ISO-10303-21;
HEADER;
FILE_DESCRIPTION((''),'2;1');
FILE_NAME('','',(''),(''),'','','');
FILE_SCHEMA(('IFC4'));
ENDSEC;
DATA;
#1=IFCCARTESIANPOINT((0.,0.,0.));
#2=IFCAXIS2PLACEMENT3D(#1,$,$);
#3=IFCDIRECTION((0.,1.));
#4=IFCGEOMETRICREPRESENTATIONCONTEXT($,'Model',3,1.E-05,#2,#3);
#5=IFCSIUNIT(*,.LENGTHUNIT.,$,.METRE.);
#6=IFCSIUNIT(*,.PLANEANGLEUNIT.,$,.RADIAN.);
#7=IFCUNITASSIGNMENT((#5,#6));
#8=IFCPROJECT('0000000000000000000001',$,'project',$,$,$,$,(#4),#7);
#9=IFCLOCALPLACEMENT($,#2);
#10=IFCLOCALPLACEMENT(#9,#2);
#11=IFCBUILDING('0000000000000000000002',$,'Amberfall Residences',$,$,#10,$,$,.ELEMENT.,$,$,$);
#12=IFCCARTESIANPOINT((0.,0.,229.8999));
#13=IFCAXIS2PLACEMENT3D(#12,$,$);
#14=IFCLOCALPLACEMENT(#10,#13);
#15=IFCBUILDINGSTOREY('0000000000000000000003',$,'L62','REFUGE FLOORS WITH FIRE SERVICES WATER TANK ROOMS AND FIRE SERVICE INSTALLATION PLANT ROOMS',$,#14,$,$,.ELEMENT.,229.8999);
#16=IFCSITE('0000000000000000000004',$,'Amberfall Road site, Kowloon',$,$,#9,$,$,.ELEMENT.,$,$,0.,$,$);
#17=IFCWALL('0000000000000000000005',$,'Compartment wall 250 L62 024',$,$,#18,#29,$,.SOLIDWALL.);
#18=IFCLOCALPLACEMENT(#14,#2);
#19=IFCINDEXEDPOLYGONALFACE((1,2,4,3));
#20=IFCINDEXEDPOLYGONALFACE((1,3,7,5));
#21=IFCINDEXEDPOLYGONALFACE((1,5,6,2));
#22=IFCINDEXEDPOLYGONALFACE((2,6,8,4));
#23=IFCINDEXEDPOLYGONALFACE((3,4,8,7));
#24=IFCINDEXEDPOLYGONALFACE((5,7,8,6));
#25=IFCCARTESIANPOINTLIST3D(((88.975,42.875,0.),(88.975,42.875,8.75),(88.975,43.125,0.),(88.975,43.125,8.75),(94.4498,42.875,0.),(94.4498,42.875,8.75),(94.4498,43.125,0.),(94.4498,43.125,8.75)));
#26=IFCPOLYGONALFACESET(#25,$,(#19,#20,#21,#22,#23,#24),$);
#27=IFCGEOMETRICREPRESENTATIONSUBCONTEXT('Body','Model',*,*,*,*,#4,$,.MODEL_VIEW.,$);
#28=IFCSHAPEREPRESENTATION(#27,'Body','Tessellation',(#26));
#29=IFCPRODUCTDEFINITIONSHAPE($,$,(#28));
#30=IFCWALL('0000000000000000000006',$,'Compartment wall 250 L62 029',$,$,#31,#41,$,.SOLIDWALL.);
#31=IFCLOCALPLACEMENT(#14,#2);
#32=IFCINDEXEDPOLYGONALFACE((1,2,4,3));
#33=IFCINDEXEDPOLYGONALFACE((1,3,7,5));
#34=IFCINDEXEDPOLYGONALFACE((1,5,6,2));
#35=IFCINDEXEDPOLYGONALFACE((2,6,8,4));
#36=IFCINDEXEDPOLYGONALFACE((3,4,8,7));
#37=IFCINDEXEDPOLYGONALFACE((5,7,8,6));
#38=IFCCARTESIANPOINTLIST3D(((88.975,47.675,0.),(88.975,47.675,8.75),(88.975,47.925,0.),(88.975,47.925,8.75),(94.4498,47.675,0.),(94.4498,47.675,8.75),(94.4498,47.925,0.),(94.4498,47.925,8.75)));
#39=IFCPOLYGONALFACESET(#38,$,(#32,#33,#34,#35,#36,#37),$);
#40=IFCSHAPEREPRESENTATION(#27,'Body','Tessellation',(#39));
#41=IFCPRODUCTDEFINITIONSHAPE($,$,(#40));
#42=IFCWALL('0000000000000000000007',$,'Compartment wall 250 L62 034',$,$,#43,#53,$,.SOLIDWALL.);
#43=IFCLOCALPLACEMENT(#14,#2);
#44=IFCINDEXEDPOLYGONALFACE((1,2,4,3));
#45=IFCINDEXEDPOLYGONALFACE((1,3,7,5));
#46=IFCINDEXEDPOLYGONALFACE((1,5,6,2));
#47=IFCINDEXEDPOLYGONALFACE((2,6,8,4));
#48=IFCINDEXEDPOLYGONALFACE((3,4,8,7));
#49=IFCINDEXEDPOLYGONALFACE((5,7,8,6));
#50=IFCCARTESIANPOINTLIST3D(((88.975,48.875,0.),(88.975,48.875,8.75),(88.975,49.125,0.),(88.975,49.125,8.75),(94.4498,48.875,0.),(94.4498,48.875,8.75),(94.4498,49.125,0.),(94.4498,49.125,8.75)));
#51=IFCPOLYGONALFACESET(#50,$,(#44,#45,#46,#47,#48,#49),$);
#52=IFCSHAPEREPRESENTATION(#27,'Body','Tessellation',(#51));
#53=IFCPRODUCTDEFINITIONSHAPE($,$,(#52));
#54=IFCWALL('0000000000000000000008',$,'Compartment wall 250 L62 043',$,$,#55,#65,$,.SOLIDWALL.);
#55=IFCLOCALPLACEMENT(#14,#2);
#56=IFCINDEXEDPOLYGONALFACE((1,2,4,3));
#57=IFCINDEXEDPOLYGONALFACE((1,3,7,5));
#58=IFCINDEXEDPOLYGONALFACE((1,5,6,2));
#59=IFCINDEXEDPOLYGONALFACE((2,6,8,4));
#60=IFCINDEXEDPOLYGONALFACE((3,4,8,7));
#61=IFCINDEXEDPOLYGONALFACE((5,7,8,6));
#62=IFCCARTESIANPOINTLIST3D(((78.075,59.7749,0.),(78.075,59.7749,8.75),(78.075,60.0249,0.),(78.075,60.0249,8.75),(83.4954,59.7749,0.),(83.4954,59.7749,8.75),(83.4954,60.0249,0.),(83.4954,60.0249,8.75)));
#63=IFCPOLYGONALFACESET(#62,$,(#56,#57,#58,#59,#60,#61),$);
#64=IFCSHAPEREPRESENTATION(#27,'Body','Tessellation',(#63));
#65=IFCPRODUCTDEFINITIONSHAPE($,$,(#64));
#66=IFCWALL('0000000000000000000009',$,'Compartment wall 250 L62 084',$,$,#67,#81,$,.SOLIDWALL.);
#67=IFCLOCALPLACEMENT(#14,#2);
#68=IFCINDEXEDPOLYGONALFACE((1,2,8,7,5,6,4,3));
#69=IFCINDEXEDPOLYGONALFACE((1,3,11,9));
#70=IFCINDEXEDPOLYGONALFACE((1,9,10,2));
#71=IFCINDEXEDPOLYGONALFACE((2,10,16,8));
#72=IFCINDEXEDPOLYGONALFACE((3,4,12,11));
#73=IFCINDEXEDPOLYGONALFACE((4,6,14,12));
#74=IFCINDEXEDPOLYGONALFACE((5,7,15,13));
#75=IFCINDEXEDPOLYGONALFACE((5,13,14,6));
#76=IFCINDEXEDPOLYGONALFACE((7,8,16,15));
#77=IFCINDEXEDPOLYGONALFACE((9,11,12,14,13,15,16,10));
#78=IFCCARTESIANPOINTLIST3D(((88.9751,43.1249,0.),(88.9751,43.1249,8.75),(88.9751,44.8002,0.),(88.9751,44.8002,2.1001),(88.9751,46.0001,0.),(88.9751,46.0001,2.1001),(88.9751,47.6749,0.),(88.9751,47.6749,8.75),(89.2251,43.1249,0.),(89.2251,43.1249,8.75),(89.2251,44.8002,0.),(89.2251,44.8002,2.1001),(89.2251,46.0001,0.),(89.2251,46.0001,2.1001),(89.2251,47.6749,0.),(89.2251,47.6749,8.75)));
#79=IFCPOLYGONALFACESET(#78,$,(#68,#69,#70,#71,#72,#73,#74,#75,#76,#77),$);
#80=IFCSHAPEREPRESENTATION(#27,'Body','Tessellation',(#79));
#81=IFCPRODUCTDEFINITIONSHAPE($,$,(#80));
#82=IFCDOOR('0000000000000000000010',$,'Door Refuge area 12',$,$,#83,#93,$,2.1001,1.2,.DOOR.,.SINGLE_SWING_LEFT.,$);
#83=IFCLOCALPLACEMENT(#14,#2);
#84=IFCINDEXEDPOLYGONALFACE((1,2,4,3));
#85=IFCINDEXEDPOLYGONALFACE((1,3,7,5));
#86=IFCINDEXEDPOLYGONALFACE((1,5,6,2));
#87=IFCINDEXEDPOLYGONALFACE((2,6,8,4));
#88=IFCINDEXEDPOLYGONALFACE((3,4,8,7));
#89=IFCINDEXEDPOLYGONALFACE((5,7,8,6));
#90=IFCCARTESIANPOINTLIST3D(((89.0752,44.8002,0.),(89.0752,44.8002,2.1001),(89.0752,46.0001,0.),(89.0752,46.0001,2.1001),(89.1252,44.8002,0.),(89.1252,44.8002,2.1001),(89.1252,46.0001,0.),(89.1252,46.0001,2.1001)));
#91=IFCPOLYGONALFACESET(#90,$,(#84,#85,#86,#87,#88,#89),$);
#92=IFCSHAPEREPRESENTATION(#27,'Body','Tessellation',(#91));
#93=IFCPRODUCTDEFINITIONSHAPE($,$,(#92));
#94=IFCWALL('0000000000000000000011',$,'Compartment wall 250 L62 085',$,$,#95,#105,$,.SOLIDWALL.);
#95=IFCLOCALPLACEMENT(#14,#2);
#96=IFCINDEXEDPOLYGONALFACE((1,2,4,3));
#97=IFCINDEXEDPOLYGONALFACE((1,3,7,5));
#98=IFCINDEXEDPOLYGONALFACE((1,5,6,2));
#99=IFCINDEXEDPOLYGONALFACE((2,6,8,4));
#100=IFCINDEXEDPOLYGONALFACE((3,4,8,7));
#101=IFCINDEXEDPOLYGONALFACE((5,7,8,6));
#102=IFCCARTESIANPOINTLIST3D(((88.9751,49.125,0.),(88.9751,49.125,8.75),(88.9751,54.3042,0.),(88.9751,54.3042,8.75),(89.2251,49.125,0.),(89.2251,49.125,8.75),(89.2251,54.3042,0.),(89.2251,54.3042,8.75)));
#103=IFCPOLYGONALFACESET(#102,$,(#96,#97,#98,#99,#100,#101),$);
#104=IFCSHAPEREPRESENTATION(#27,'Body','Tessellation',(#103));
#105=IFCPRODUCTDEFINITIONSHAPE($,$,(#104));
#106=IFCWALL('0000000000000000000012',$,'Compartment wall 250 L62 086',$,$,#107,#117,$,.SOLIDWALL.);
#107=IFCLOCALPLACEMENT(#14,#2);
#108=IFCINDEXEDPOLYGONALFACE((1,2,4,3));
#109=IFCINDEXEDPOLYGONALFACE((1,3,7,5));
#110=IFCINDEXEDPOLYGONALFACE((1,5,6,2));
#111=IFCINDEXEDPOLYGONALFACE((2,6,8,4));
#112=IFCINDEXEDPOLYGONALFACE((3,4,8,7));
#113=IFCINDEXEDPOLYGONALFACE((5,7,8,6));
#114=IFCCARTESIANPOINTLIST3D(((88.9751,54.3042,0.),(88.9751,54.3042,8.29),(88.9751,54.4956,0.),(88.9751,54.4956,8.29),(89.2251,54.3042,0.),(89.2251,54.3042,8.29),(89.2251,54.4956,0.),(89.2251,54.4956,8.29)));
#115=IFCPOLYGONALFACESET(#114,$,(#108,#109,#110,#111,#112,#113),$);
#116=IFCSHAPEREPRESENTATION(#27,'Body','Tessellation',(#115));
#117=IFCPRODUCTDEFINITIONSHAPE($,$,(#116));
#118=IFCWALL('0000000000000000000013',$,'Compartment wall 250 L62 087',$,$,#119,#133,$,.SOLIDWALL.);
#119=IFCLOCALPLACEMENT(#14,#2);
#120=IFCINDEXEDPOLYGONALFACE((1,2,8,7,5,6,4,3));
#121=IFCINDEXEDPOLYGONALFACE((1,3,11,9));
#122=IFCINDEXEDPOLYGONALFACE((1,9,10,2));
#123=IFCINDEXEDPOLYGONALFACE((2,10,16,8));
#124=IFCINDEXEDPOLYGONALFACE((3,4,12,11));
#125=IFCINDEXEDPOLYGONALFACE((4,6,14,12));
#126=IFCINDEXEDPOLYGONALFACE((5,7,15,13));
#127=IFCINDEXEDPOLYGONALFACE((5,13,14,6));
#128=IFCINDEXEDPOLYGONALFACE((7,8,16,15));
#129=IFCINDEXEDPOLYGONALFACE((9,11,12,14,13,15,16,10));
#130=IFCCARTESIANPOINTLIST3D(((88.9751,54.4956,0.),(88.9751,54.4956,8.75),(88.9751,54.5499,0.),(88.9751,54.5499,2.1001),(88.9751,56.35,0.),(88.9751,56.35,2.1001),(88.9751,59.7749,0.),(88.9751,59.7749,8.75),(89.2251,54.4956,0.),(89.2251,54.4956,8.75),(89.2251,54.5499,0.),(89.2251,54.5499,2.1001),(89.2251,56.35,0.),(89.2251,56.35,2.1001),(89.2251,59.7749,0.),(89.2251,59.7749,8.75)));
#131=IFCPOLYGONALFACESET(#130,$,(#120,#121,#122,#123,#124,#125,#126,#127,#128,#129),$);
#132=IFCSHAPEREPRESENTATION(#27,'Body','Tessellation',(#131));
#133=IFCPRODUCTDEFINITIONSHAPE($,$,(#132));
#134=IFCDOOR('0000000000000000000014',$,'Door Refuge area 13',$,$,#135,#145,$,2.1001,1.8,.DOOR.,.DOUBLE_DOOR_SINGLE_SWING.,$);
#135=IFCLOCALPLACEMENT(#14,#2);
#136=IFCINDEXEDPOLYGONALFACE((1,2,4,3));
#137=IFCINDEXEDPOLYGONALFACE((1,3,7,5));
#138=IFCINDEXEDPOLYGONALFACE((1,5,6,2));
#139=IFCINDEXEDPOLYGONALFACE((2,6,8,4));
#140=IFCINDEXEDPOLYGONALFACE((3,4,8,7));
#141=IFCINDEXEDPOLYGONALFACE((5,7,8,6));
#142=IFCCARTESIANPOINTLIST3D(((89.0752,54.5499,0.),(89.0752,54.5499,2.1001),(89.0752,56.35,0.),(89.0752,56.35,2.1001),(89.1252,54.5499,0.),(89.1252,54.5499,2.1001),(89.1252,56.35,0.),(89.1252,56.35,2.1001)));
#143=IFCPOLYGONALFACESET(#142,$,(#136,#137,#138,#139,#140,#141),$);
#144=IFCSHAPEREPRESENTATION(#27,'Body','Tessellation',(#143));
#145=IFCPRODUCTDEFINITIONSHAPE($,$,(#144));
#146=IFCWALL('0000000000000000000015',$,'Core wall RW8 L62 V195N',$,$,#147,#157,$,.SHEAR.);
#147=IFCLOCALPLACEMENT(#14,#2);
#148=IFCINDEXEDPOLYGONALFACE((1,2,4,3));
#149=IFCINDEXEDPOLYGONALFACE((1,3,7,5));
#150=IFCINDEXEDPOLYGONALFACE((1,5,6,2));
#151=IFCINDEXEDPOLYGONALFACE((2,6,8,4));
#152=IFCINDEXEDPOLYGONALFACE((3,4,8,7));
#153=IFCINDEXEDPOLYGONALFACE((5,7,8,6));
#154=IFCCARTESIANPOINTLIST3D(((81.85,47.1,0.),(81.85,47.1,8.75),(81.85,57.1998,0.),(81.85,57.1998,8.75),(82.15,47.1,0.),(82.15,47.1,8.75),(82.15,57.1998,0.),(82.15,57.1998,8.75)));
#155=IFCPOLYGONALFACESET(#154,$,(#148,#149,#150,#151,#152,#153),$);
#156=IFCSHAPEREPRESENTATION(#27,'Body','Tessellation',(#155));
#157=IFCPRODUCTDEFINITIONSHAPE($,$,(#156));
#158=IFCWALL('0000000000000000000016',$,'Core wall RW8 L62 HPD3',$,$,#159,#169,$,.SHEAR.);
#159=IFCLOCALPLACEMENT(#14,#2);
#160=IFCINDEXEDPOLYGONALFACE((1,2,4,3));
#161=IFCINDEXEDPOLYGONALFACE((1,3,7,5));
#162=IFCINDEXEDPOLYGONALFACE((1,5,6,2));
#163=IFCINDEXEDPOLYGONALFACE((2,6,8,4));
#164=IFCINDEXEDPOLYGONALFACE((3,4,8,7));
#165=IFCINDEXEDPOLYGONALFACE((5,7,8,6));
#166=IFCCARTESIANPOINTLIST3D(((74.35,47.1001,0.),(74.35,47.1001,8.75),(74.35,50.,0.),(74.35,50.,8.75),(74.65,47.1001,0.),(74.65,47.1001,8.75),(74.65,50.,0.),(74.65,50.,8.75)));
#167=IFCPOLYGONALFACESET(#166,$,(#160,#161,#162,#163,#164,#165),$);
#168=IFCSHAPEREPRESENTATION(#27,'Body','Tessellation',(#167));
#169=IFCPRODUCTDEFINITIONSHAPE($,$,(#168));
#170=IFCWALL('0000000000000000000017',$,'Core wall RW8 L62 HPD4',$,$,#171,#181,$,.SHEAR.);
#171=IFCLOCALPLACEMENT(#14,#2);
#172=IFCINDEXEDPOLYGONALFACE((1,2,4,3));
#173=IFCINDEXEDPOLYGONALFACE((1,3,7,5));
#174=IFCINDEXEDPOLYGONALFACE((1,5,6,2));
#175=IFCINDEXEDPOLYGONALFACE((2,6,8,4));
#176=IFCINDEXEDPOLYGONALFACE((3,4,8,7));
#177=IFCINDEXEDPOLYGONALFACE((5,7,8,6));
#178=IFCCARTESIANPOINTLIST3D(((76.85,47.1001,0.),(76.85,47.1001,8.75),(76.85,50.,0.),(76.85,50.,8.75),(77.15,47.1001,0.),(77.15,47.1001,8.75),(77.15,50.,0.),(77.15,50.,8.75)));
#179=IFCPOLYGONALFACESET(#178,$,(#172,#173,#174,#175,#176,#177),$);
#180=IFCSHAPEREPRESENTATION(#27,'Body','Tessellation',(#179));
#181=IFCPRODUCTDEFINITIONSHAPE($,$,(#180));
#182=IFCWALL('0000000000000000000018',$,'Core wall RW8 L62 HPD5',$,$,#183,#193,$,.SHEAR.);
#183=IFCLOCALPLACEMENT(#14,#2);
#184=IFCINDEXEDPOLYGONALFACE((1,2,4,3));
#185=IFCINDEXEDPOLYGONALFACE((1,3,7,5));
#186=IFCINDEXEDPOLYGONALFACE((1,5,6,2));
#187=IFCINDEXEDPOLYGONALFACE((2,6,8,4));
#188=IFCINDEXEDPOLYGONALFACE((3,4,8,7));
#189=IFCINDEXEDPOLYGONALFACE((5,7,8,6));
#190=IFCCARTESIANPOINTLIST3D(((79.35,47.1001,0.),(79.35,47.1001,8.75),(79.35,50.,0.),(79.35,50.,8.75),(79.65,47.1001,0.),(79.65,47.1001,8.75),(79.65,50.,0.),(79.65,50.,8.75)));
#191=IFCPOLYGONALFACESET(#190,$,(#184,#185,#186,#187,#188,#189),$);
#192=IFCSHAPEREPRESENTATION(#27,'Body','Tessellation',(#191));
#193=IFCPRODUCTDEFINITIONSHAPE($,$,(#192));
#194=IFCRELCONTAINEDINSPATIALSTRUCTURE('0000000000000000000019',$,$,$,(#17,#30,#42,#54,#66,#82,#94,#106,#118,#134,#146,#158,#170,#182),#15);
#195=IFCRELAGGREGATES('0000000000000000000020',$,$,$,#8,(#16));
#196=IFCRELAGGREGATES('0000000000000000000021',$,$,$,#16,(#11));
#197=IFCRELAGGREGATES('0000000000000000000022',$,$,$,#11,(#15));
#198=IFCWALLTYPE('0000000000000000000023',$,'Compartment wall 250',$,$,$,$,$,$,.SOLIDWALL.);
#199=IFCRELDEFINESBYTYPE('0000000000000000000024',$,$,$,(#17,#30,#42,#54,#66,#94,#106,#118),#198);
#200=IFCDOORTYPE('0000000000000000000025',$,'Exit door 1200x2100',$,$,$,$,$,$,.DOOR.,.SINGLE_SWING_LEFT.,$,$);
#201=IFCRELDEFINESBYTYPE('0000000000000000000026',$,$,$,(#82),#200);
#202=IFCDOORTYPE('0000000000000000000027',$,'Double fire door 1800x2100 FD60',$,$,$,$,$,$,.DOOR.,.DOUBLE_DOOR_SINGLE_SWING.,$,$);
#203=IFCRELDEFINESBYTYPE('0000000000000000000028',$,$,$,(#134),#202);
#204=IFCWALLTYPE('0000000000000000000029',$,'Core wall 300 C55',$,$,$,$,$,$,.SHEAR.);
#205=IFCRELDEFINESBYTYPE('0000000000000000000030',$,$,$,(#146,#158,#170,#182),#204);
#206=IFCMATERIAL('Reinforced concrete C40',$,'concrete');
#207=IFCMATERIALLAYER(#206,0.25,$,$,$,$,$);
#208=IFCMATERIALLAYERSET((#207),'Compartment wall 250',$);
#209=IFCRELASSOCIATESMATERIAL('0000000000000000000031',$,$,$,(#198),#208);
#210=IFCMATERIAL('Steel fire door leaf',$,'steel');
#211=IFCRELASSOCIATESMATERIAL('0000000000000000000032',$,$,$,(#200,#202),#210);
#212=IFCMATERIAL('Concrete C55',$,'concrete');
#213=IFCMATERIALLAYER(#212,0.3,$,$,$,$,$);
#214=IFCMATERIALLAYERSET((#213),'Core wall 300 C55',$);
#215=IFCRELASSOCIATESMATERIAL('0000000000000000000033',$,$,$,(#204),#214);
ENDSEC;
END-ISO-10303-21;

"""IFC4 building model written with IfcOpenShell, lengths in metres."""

from ifc_helpers import new_model, si_unit, direction, frame, frame_2d, origin, place, context, subcontext, project, spatial, rectangle, extrude, material, layer, layer_set, type_object, element, fill, save


model = new_model("IFC4")

# Units and contexts
model_context = context("Model", 3, precision=1e-05, world=origin(), true_north=direction((0.0, 1.0)))
body_context = subcontext(model_context, "Body", "Model", "MODEL_VIEW")
ifc_project = project(units=[si_unit("LENGTHUNIT", "METRE"), si_unit("PLANEANGLEUNIT", "RADIAN")], contexts=[model_context])

# Site, building, storey
site_placement = place(None, origin())
site = spatial("IfcSite", under=ifc_project, at=site_placement, Name="Amberfall Road site, Kowloon", CompositionType="ELEMENT", RefElevation=0.0)
building_placement = place(site_placement, origin())
building = spatial("IfcBuilding", under=site, at=building_placement, Name="Amberfall Residences", CompositionType="ELEMENT")
storey_placement = place(building_placement, frame((0.0, 0.0, 229.8999)))
storey = spatial("IfcBuildingStorey", under=building, at=storey_placement, Name="L62", Description="REFUGE FLOORS WITH FIRE SERVICES WATER TANK ROOMS AND FIRE SERVICE INSTALLATION PLANT ROOMS", CompositionType="ELEMENT", Elevation=229.8999)

# Walls
ifc_material_1 = material(Name="Reinforced concrete C40", Category="concrete")
ifc_layer_1 = layer(ifc_material_1, 0.25)
ifc_layer_set_1 = layer_set([ifc_layer_1], Name="Compartment wall 250")
wall_type_1 = type_object("IfcWallType", Name="Compartment wall 250", PredefinedType="SOLIDWALL", material=ifc_layer_set_1)
for number, where, z_axis, x_axis, name in (
    (1, (88.9751, 43.0, 0.0), (0.0, 0.0, 1.0), (1.0, 0.0, 0.0), "Compartment wall 250 L62 024"),
    (2, (88.9751, 47.8, 0.0), (0.0, 0.0, 1.0), (1.0, 0.0, 0.0), "Compartment wall 250 L62 029"),
    (3, (88.9751, 49.0, 0.0), (0.0, 0.0, 1.0), (1.0, 0.0, 0.0), "Compartment wall 250 L62 034"),
):
    element("IfcWall", number, at=place(storey_placement, frame(where, z_axis=z_axis, x_axis=x_axis)), inside=storey, type_object=wall_type_1, Name=name, PredefinedType="SOLIDWALL", context=body_context, shape_type="SweptSolid", body=[
        extrude(rectangle(XDim=5.4749, YDim=0.25, at=frame_2d((2.7373, 0.0))), origin(), (0.0, 0.0, 1.0), 8.75),
    ])
wall_1_placement = place(storey_placement, frame((78.075, 59.8999, 0.0), z_axis=(0.0, 0.0, 1.0), x_axis=(1.0, 0.0, 0.0)))
element("IfcWall", 4, at=wall_1_placement, inside=storey, type_object=wall_type_1, Name="Compartment wall 250 L62 043", PredefinedType="SOLIDWALL", context=body_context, shape_type="SweptSolid", body=[
    extrude(rectangle(XDim=5.4204, YDim=0.25, at=frame_2d((2.7102, 0.0))), origin(), (0.0, 0.0, 1.0), 8.75),
])

# Wall, opening, door
wall_2_placement = place(storey_placement, frame((89.1001, 43.125, 0.0), z_axis=(0.0, 0.0, 1.0), x_axis=(0.0, 1.0, 0.0)))
wall_2 = element("IfcWall", 5, at=wall_2_placement, inside=storey, type_object=wall_type_1, Name="Compartment wall 250 L62 084", PredefinedType="SOLIDWALL", context=body_context, shape_type="SweptSolid", body=[
    extrude(rectangle(XDim=4.55, YDim=0.25, at=frame_2d((2.2749, 0.0))), origin(), (0.0, 0.0, 1.0), 8.75),
])
opening_1_placement = place(wall_2_placement, frame((1.675, 0.0, 0.0)))
opening_1 = element("IfcOpeningElement", 6, at=opening_1_placement, cuts=wall_2, PredefinedType="OPENING", context=body_context, shape_type="SweptSolid", body=[
    extrude(rectangle(XDim=1.2, YDim=2.1001, at=frame_2d((0.6001, 1.05))), frame((0.0, 0.135, 0.0), z_axis=(0.0, -1.0, 0.0), x_axis=(1.0, 0.0, 0.0)), (0.0, 0.0, 1.0), 0.27),
])
ifc_material_2 = material(Name="Steel fire door leaf", Category="steel")
door_type_1 = type_object("IfcDoorType", Name="Exit door 1200x2100", OperationType="SINGLE_SWING_LEFT", PredefinedType="DOOR", material=ifc_material_2)
door_1_placement = place(opening_1_placement, origin())
door_1 = element("IfcDoor", 7, at=door_1_placement, inside=storey, type_object=door_type_1, Name="Door Refuge area 12", OperationType="SINGLE_SWING_LEFT", OverallHeight=2.1001, OverallWidth=1.2, PredefinedType="DOOR", context=body_context, shape_type="SweptSolid", body=[
    extrude(rectangle(XDim=1.2, YDim=2.1001, at=frame_2d((0.6001, 1.05))), frame((0.0, 0.0249, 0.0), z_axis=(0.0, -1.0, 0.0), x_axis=(1.0, 0.0, 0.0)), (0.0, 0.0, 1.0), 0.05),
])
fill(opening_1, door_1)

# Walls
wall_3_placement = place(storey_placement, frame((89.1001, 49.125, 0.0), z_axis=(0.0, 0.0, 1.0), x_axis=(0.0, 1.0, 0.0)))
element("IfcWall", 8, at=wall_3_placement, inside=storey, type_object=wall_type_1, Name="Compartment wall 250 L62 085", PredefinedType="SOLIDWALL", context=body_context, shape_type="SweptSolid", body=[
    extrude(rectangle(XDim=5.1792, YDim=0.25, at=frame_2d((2.5896, 0.0))), origin(), (0.0, 0.0, 1.0), 8.75),
])
wall_4_placement = place(storey_placement, frame((89.1001, 54.3042, 0.0), z_axis=(0.0, 0.0, 1.0), x_axis=(0.0, 1.0, 0.0)))
element("IfcWall", 9, at=wall_4_placement, inside=storey, type_object=wall_type_1, Name="Compartment wall 250 L62 086", PredefinedType="SOLIDWALL", context=body_context, shape_type="SweptSolid", body=[
    extrude(rectangle(XDim=0.1914, YDim=0.25, at=frame_2d((0.0957, 0.0))), origin(), (0.0, 0.0, 1.0), 8.29),
])

# Wall, opening, door
wall_5_placement = place(storey_placement, frame((89.1001, 54.4956, 0.0), z_axis=(0.0, 0.0, 1.0), x_axis=(0.0, 1.0, 0.0)))
wall_5 = element("IfcWall", 10, at=wall_5_placement, inside=storey, type_object=wall_type_1, Name="Compartment wall 250 L62 087", PredefinedType="SOLIDWALL", context=body_context, shape_type="SweptSolid", body=[
    extrude(rectangle(XDim=5.2793, YDim=0.25, at=frame_2d((2.6396, 0.0))), origin(), (0.0, 0.0, 1.0), 8.75),
])
opening_2_placement = place(wall_5_placement, frame((0.0544, 0.0, 0.0)))
opening_2 = element("IfcOpeningElement", 11, at=opening_2_placement, cuts=wall_5, PredefinedType="OPENING", context=body_context, shape_type="SweptSolid", body=[
    extrude(rectangle(XDim=1.8, YDim=2.1001, at=frame_2d((0.8999, 1.05))), frame((0.0, 0.135, 0.0), z_axis=(0.0, -1.0, 0.0), x_axis=(1.0, 0.0, 0.0)), (0.0, 0.0, 1.0), 0.27),
])
door_type_2 = type_object("IfcDoorType", Name="Double fire door 1800x2100 FD60", OperationType="DOUBLE_DOOR_SINGLE_SWING", PredefinedType="DOOR", material=ifc_material_2)
door_2_placement = place(opening_2_placement, origin())
door_2 = element("IfcDoor", 12, at=door_2_placement, inside=storey, type_object=door_type_2, Name="Door Refuge area 13", OperationType="DOUBLE_DOOR_SINGLE_SWING", OverallHeight=2.1001, OverallWidth=1.8, PredefinedType="DOOR", context=body_context, shape_type="SweptSolid", body=[
    extrude(rectangle(XDim=1.8, YDim=2.1001, at=frame_2d((0.8999, 1.05))), frame((0.0, 0.0249, 0.0), z_axis=(0.0, -1.0, 0.0), x_axis=(1.0, 0.0, 0.0)), (0.0, 0.0, 1.0), 0.05),
])
fill(opening_2, door_2)

# Walls
ifc_material_3 = material(Name="Concrete C55", Category="concrete")
ifc_layer_2 = layer(ifc_material_3, 0.3)
ifc_layer_set_2 = layer_set([ifc_layer_2], Name="Core wall 300 C55")
wall_type_2 = type_object("IfcWallType", Name="Core wall 300 C55", PredefinedType="SHEAR", material=ifc_layer_set_2)
wall_6_placement = place(storey_placement, frame((82.0, 47.1001, 0.0), z_axis=(0.0, 0.0, 1.0), x_axis=(0.0, 1.0, 0.0)))
element("IfcWall", 13, at=wall_6_placement, inside=storey, type_object=wall_type_2, Name="Core wall RW8 L62 V195N", PredefinedType="SHEAR", context=body_context, shape_type="SweptSolid", body=[
    extrude(rectangle(XDim=10.0999, YDim=0.3, at=frame_2d((5.0498, 0.0))), origin(), (0.0, 0.0, 1.0), 8.75),
])
for number, where, z_axis, x_axis, name in (
    (14, (74.5, 47.1001, 0.0), (0.0, 0.0, 1.0), (0.0, 1.0, 0.0), "Core wall RW8 L62 HPD3"),
    (15, (77.0, 47.1001, 0.0), (0.0, 0.0, 1.0), (0.0, 1.0, 0.0), "Core wall RW8 L62 HPD4"),
    (16, (79.5, 47.1001, 0.0), (0.0, 0.0, 1.0), (0.0, 1.0, 0.0), "Core wall RW8 L62 HPD5"),
):
    element("IfcWall", number, at=place(storey_placement, frame(where, z_axis=z_axis, x_axis=x_axis)), inside=storey, type_object=wall_type_2, Name=name, PredefinedType="SHEAR", context=body_context, shape_type="SweptSolid", body=[
        extrude(rectangle(XDim=2.8999, YDim=0.3, at=frame_2d((1.45, 0.0))), origin(), (0.0, 0.0, 1.0), 8.75),
    ])

save(model, "model.ifc")
